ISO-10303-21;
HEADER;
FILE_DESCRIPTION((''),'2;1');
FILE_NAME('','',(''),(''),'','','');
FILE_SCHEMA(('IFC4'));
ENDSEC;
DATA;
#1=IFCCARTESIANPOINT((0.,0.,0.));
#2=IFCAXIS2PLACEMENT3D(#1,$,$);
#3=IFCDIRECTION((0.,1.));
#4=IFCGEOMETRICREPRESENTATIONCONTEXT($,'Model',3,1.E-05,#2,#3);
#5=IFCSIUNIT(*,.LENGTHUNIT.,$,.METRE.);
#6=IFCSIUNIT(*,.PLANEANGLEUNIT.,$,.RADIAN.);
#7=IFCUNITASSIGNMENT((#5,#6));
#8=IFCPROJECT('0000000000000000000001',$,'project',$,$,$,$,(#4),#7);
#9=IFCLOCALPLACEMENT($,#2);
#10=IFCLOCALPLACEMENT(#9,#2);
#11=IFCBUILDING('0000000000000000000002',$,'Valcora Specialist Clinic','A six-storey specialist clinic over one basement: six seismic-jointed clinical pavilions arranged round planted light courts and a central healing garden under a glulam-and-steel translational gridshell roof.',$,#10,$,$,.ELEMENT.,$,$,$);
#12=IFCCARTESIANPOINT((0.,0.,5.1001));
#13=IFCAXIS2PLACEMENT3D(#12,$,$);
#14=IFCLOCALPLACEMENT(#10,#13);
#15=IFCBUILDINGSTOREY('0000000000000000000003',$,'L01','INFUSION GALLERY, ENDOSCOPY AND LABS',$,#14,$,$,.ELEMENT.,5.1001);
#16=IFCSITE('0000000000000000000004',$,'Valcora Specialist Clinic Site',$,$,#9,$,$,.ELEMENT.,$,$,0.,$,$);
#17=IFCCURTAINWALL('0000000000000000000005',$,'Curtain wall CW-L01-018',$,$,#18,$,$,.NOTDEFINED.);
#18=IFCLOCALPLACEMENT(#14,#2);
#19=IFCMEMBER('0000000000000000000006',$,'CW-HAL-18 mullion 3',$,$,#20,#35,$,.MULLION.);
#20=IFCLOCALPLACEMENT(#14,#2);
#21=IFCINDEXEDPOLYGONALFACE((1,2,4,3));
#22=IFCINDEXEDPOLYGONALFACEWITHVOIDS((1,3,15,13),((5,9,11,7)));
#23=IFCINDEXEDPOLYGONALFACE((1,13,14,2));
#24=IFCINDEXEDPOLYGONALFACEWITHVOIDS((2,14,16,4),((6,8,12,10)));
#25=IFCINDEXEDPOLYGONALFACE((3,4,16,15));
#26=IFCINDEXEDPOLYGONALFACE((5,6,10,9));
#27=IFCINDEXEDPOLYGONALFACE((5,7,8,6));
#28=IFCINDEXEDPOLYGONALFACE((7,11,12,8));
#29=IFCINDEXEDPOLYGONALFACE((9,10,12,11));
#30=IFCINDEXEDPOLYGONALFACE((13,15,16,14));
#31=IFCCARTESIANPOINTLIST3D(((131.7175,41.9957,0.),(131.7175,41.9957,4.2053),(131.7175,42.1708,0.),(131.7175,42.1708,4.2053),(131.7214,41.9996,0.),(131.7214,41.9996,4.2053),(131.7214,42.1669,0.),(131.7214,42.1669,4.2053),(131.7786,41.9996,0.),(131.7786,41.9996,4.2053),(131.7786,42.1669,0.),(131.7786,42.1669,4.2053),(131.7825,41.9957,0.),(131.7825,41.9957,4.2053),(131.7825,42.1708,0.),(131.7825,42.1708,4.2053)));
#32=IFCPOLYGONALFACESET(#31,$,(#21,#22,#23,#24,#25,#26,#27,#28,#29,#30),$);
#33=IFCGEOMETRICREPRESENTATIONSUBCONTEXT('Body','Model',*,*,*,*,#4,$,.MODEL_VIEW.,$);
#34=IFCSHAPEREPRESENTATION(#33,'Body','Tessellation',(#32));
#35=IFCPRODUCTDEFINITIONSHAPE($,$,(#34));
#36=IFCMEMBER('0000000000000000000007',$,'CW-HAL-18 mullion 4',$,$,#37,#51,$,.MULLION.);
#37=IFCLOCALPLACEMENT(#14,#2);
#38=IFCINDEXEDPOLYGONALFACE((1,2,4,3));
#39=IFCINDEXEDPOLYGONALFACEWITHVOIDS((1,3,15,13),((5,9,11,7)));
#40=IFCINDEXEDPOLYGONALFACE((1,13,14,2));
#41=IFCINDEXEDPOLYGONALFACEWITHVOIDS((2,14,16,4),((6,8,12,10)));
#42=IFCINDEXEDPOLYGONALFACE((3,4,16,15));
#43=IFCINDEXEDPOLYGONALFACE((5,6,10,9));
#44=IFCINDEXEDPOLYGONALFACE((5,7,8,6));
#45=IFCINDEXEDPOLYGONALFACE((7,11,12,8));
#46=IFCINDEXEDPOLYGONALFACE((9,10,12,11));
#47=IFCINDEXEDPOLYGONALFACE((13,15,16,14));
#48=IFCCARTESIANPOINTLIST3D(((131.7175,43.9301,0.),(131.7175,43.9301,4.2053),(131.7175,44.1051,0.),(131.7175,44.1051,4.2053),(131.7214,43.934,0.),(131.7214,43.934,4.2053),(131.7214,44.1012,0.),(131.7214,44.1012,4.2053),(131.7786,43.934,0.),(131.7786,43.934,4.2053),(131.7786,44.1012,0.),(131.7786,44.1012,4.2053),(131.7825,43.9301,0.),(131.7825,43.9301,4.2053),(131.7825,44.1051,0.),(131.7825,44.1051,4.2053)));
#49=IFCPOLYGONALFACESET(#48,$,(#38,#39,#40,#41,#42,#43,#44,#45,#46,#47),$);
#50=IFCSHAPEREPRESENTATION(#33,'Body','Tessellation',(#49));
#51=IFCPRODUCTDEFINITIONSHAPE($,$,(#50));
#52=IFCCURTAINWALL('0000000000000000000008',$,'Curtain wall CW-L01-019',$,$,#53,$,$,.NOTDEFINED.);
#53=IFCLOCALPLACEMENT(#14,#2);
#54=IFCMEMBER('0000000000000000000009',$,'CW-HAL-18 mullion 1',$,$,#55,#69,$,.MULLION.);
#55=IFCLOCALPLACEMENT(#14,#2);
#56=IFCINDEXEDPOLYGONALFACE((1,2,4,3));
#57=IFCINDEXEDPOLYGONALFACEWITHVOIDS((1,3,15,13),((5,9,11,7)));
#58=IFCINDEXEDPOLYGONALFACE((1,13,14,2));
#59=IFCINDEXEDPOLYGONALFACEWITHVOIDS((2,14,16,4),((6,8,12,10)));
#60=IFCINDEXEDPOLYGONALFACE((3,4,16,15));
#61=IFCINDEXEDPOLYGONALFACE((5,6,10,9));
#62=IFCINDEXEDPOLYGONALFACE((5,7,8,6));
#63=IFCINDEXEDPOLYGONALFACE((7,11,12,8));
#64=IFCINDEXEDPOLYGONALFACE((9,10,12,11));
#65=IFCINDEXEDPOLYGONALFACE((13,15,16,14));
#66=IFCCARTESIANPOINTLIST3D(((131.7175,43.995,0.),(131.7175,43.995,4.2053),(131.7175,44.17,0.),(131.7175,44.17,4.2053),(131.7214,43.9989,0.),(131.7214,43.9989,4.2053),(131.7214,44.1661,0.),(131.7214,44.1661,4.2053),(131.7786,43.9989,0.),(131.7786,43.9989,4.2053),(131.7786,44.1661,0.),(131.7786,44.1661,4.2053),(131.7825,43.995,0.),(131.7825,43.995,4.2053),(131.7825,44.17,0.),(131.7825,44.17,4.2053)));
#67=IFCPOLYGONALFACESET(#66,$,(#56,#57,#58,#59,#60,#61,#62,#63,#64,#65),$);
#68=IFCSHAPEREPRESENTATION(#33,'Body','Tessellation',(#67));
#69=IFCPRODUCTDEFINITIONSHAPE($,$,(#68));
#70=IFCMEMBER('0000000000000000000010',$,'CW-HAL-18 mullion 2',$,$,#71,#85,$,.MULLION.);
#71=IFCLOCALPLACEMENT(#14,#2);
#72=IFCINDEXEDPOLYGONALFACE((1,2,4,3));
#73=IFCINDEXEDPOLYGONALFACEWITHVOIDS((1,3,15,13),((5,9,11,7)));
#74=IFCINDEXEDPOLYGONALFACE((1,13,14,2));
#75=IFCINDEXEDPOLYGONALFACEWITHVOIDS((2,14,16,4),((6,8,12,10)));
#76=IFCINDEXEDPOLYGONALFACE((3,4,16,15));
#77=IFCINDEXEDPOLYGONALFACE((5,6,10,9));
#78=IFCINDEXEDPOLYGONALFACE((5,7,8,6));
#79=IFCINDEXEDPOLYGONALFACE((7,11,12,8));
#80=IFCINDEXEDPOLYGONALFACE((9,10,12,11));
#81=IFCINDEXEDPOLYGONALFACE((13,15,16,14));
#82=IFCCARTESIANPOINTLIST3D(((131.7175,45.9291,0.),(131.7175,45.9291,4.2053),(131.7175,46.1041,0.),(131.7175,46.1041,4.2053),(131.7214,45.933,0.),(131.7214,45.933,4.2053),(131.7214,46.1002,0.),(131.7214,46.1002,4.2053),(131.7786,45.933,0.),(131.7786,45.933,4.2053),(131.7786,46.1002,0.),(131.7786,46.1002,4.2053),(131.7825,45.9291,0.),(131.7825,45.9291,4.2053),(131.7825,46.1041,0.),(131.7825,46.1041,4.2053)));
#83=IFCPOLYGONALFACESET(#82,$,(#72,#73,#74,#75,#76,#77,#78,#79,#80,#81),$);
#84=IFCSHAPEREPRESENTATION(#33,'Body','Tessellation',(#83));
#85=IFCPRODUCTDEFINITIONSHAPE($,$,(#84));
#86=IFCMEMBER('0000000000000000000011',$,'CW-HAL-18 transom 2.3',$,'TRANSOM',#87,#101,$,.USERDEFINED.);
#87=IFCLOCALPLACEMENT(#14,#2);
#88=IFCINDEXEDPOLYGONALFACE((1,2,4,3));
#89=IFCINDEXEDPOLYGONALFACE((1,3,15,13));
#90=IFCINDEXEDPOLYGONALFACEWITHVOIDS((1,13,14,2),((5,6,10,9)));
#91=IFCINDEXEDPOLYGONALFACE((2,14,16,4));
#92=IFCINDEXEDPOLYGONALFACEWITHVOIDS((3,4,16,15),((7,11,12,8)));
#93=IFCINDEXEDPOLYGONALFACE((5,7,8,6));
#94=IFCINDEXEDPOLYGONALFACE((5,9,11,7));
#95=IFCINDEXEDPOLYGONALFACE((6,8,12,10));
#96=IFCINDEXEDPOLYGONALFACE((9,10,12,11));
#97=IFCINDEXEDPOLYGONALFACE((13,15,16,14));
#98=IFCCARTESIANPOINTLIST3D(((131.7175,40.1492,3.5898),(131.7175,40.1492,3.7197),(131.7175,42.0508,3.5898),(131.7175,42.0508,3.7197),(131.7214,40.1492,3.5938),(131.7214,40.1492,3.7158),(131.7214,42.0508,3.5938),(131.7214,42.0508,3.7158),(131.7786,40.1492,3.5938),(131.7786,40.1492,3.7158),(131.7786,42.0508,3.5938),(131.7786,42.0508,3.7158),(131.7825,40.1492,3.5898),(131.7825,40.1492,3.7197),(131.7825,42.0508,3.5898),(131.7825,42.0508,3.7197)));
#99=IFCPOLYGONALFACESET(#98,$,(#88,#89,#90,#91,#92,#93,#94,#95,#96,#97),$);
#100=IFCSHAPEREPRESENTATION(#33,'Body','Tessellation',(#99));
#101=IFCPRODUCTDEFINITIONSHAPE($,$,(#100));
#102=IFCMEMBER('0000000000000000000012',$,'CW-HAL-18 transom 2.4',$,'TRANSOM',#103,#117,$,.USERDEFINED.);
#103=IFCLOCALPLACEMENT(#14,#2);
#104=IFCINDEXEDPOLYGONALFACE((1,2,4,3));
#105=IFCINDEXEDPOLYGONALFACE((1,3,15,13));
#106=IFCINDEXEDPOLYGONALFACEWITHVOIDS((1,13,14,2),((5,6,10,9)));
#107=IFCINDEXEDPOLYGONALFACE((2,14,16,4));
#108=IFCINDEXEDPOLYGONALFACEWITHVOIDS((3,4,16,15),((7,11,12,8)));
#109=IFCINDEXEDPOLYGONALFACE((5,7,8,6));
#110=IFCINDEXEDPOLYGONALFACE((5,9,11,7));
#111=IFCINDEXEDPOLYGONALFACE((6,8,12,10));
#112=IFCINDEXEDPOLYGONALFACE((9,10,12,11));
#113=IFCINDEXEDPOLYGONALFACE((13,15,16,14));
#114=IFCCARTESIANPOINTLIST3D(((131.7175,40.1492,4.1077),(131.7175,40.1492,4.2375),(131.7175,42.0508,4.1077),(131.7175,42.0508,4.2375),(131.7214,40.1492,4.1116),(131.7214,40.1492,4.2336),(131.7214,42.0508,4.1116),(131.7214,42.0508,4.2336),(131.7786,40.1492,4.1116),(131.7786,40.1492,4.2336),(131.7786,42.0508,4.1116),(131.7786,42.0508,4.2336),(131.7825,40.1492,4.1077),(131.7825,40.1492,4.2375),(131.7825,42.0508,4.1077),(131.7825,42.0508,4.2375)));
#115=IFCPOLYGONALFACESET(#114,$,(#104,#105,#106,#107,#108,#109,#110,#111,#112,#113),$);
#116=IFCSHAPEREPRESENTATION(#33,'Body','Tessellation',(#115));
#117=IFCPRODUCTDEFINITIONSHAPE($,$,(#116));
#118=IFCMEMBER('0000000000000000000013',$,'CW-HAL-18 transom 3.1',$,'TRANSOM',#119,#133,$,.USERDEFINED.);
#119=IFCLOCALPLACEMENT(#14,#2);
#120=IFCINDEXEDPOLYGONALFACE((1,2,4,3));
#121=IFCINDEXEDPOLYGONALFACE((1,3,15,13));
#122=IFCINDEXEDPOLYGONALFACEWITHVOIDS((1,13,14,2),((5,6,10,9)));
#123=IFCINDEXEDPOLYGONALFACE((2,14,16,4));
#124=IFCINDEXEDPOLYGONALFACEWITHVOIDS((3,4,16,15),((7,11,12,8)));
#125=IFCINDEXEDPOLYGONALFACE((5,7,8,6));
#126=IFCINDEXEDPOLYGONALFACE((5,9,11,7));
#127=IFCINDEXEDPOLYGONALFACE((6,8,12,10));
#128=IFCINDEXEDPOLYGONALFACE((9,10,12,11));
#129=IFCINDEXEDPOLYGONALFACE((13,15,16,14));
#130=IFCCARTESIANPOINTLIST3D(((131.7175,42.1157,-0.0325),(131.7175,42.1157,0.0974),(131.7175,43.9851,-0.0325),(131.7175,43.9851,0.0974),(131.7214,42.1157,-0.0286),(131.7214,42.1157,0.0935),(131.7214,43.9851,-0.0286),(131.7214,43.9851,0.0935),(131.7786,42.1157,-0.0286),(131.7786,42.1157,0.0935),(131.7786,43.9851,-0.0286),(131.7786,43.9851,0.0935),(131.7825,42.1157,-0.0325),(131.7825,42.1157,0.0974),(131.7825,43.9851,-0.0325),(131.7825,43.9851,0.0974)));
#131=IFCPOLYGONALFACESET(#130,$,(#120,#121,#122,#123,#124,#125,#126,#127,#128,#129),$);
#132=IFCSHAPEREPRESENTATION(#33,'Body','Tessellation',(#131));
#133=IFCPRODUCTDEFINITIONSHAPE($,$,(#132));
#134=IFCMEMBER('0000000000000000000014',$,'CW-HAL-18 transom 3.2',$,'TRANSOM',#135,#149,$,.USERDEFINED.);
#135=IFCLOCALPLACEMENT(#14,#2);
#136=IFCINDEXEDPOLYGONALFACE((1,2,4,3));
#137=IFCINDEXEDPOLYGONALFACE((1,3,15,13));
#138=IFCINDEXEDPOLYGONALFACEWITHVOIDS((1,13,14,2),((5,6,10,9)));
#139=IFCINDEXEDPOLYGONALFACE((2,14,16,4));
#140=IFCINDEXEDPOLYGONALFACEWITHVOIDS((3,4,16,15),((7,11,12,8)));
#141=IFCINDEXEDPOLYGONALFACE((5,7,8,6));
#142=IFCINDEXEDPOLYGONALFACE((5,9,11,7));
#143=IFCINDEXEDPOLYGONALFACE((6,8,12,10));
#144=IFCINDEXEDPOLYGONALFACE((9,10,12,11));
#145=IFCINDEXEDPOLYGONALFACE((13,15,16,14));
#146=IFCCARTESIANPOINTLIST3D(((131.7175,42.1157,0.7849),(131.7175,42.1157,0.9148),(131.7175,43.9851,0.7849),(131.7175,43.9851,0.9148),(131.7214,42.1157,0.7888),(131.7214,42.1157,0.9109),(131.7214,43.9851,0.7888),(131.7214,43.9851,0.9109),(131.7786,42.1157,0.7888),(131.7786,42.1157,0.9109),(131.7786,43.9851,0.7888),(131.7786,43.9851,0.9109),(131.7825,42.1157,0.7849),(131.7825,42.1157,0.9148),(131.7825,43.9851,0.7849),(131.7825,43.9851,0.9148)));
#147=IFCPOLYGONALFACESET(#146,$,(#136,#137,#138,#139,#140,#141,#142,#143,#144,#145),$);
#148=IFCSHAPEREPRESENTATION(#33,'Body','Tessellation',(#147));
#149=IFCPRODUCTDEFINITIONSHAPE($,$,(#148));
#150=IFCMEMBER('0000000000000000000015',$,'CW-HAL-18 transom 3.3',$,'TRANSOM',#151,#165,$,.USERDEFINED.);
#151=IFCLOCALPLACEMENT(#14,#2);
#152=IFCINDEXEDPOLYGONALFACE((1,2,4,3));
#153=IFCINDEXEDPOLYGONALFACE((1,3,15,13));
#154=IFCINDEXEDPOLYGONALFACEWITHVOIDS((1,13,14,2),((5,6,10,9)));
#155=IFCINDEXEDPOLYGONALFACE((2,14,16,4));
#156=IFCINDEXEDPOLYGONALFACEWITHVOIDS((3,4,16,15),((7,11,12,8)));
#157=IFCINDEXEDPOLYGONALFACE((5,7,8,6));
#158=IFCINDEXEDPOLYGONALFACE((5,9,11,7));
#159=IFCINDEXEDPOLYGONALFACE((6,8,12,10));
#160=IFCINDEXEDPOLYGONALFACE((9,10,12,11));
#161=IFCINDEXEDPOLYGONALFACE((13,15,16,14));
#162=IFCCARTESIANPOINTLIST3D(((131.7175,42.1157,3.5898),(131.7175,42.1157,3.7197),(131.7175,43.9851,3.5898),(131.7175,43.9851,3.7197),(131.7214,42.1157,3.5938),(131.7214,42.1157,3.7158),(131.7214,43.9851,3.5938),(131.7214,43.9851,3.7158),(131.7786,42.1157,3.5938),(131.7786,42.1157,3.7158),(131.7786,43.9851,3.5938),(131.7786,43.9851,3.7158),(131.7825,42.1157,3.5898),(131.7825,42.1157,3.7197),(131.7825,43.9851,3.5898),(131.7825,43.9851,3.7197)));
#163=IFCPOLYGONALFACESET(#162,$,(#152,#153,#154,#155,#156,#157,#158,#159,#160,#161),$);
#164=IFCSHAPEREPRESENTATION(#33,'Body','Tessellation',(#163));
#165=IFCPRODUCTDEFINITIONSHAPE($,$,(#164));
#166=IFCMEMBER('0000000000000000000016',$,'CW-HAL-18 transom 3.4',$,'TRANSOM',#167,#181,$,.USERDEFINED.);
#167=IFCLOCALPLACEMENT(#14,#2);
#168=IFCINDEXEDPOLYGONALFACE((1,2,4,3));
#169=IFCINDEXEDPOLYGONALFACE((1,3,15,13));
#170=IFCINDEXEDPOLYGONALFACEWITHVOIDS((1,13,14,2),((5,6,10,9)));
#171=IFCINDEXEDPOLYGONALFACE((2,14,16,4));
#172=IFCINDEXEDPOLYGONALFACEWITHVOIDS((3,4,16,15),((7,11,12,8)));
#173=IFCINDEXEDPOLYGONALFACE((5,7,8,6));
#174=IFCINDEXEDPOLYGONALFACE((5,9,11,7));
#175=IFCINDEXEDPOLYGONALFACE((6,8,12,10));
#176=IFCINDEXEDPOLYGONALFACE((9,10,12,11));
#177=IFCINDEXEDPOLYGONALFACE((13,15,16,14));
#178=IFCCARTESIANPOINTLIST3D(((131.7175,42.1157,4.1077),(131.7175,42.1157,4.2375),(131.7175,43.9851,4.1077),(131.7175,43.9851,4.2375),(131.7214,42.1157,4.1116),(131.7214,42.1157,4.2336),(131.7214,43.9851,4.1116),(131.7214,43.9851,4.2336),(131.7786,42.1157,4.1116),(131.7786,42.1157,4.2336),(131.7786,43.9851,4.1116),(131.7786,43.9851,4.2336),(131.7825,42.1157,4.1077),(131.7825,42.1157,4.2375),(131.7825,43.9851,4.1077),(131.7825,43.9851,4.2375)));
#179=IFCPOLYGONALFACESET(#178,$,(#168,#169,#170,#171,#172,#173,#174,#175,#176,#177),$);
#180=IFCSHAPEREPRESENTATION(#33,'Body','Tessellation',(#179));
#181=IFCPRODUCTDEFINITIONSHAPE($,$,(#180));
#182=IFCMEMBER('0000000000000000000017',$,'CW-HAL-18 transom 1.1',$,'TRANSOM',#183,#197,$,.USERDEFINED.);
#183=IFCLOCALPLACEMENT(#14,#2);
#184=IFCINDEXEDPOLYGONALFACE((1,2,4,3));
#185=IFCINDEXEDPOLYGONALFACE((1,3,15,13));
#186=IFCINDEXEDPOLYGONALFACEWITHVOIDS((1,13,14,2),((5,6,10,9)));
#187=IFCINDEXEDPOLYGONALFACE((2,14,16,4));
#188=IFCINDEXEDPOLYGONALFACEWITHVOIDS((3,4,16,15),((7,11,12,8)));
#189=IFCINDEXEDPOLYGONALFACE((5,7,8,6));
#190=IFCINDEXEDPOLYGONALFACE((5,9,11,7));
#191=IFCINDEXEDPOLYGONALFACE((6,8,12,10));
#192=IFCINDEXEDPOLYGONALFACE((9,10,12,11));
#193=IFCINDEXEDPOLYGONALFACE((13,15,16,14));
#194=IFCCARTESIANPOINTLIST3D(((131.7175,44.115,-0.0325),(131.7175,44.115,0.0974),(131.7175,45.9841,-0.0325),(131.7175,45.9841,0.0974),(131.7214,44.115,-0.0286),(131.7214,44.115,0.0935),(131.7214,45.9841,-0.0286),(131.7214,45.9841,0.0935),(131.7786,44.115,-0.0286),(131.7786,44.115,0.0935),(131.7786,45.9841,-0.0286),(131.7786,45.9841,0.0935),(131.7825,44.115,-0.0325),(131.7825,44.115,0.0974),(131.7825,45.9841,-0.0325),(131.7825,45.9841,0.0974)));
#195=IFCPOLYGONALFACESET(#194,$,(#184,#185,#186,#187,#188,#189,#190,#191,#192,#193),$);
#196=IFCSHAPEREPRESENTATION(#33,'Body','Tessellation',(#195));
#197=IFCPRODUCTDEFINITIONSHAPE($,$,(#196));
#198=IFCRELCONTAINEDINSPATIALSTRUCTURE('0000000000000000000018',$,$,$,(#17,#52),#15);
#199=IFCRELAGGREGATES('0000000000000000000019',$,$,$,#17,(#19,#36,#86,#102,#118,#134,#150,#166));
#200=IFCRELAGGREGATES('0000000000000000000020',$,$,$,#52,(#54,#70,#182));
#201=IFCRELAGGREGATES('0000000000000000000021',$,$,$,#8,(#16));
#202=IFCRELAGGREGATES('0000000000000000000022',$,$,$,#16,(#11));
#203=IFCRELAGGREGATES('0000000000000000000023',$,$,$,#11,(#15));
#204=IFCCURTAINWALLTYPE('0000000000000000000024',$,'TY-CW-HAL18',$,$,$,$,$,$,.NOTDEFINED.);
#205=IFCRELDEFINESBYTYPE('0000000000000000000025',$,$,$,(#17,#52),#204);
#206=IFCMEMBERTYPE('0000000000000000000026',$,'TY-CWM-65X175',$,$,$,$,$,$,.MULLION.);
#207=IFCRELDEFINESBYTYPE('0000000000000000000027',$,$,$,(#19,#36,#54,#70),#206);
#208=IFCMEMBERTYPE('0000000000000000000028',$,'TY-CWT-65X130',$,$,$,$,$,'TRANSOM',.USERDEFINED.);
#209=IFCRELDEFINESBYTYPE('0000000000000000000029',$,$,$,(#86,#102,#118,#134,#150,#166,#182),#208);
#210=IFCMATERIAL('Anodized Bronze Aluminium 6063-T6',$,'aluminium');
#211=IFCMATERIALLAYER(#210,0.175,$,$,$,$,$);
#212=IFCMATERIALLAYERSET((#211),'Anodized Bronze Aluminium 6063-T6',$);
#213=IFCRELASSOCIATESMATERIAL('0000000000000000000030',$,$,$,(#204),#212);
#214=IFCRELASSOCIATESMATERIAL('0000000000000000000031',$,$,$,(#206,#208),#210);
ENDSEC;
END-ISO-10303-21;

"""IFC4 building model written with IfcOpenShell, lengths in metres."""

from ifc_helpers import new_model, si_unit, direction, frame, origin, origin_2d, place, context, subcontext, project, spatial, hollow_rectangle, extrude, material, layer, layer_set, material_profile, profile_set, type_object, element, aggregate, save


model = new_model("IFC4")

# Units and contexts
model_context = context("Model", 3, precision=1e-05, world=origin(), true_north=direction((0.0, 1.0)))
body_context = subcontext(model_context, "Body", "Model", "MODEL_VIEW")
ifc_project = project(units=[si_unit("LENGTHUNIT", "METRE"), si_unit("PLANEANGLEUNIT", "RADIAN")], contexts=[model_context])

# Site, building, storey
site_placement = place(None, origin())
site = spatial("IfcSite", under=ifc_project, at=site_placement, Name="Valcora Specialist Clinic Site", CompositionType="ELEMENT", RefElevation=0.0)
building_placement = place(site_placement, origin())
building = spatial("IfcBuilding", under=site, at=building_placement, Name="Valcora Specialist Clinic", Description="A six-storey specialist clinic over one basement: six seismic-jointed clinical pavilions arranged round planted light courts and a central healing garden under a glulam-and-steel translational gridshell roof.", CompositionType="ELEMENT")
storey_placement = place(building_placement, frame((0.0, 0.0, 5.1001)))
storey = spatial("IfcBuildingStorey", under=building, at=storey_placement, Name="L01", Description="INFUSION GALLERY, ENDOSCOPY AND LABS", CompositionType="ELEMENT", Elevation=5.1001)

# Curtain walls, members
ifc_material_1 = material(Name="Anodized Bronze Aluminium 6063-T6", Category="aluminium")
ifc_layer_1 = layer(ifc_material_1, 0.175)
ifc_layer_set_1 = layer_set([ifc_layer_1], Name="Anodized Bronze Aluminium 6063-T6")
curtain_wall_type = type_object("IfcCurtainWallType", Name="TY-CW-HAL18", PredefinedType="NOTDEFINED", material=ifc_layer_set_1)
curtain_wall_1_placement = place(storey_placement, origin())
curtain_wall_1 = element("IfcCurtainWall", 1, at=curtain_wall_1_placement, inside=storey, type_object=curtain_wall_type, Name="Curtain wall CW-L01-018", PredefinedType="NOTDEFINED")
ifc_material_profile_1 = material_profile(ifc_material_1, hollow_rectangle(XDim=0.0649, YDim=0.175, WallThickness=0.0039, at=origin_2d()), Name="AL-MUL-65X175")
ifc_profile_set_1 = profile_set([ifc_material_profile_1], Name="Anodized Bronze Aluminium 6063-T6")
member_type_1 = type_object("IfcMemberType", Name="TY-CWM-65X175", PredefinedType="MULLION", material=ifc_profile_set_1)
member_1_placement = place(storey_placement, frame((131.75, 42.0833, 0.0), z_axis=(0.0, 0.0, 1.0), x_axis=(-1.0, 0.0, 0.0)))
member_1 = element("IfcMember", 2, at=member_1_placement, type_object=member_type_1, Name="CW-HAL-18 mullion 3", PredefinedType="MULLION", context=body_context, shape_type="SweptSolid", body=[
    extrude(hollow_rectangle(XDim=0.0649, YDim=0.175, WallThickness=0.0039, at=origin_2d()), origin(), (0.0, 0.0, 1.0), 4.2053),
])
member_2_placement = place(storey_placement, frame((131.75, 44.0176, 0.0), z_axis=(0.0, 0.0, 1.0), x_axis=(-1.0, 0.0, 0.0)))
member_2 = element("IfcMember", 3, at=member_2_placement, type_object=member_type_1, Name="CW-HAL-18 mullion 4", PredefinedType="MULLION", context=body_context, shape_type="SweptSolid", body=[
    extrude(hollow_rectangle(XDim=0.0649, YDim=0.175, WallThickness=0.0039, at=origin_2d()), origin(), (0.0, 0.0, 1.0), 4.2053),
])
curtain_wall_2_placement = place(storey_placement, origin())
curtain_wall_2 = element("IfcCurtainWall", 4, at=curtain_wall_2_placement, inside=storey, type_object=curtain_wall_type, Name="Curtain wall CW-L01-019", PredefinedType="NOTDEFINED")
member_3_placement = place(storey_placement, frame((131.75, 44.0825, 0.0), z_axis=(0.0, 0.0, 1.0), x_axis=(-1.0, 0.0, 0.0)))
member_3 = element("IfcMember", 5, at=member_3_placement, type_object=member_type_1, Name="CW-HAL-18 mullion 1", PredefinedType="MULLION", context=body_context, shape_type="SweptSolid", body=[
    extrude(hollow_rectangle(XDim=0.0649, YDim=0.175, WallThickness=0.0039, at=origin_2d()), origin(), (0.0, 0.0, 1.0), 4.2053),
])
member_4_placement = place(storey_placement, frame((131.75, 46.0166, 0.0), z_axis=(0.0, 0.0, 1.0), x_axis=(-1.0, 0.0, 0.0)))
member_4 = element("IfcMember", 6, at=member_4_placement, type_object=member_type_1, Name="CW-HAL-18 mullion 2", PredefinedType="MULLION", context=body_context, shape_type="SweptSolid", body=[
    extrude(hollow_rectangle(XDim=0.0649, YDim=0.175, WallThickness=0.0039, at=origin_2d()), origin(), (0.0, 0.0, 1.0), 4.2053),
])

# Members
ifc_material_profile_2 = material_profile(ifc_material_1, hollow_rectangle(XDim=0.0649, YDim=0.1299, WallThickness=0.0039, at=origin_2d()), Name="AL-TRN-65X130")
ifc_profile_set_2 = profile_set([ifc_material_profile_2], Name="Anodized Bronze Aluminium 6063-T6")
member_type_2 = type_object("IfcMemberType", Name="TY-CWT-65X130", ElementType="TRANSOM", PredefinedType="USERDEFINED", material=ifc_profile_set_2)
member_5_placement = place(storey_placement, frame((131.75, 40.1492, 3.6548), z_axis=(0.0, 1.0, 0.0), x_axis=(-1.0, 0.0, 0.0)))
member_5 = element("IfcMember", 7, at=member_5_placement, type_object=member_type_2, Name="CW-HAL-18 transom 2.3", ObjectType="TRANSOM", PredefinedType="USERDEFINED", context=body_context, shape_type="SweptSolid", body=[
    extrude(hollow_rectangle(XDim=0.0649, YDim=0.1299, WallThickness=0.0039, at=origin_2d()), origin(), (0.0, 0.0, 1.0), 1.9016),
])
member_6_placement = place(storey_placement, frame((131.75, 40.1492, 4.1726), z_axis=(0.0, 1.0, 0.0), x_axis=(-1.0, 0.0, 0.0)))
member_6 = element("IfcMember", 8, at=member_6_placement, type_object=member_type_2, Name="CW-HAL-18 transom 2.4", ObjectType="TRANSOM", PredefinedType="USERDEFINED", context=body_context, shape_type="SweptSolid", body=[
    extrude(hollow_rectangle(XDim=0.0649, YDim=0.1299, WallThickness=0.0039, at=origin_2d()), origin(), (0.0, 0.0, 1.0), 1.9016),
])
member_7_placement = place(storey_placement, frame((131.75, 42.1157, 0.0325), z_axis=(0.0, 1.0, 0.0), x_axis=(-1.0, 0.0, 0.0)))
member_7 = element("IfcMember", 9, at=member_7_placement, type_object=member_type_2, Name="CW-HAL-18 transom 3.1", ObjectType="TRANSOM", PredefinedType="USERDEFINED", context=body_context, shape_type="SweptSolid", body=[
    extrude(hollow_rectangle(XDim=0.0649, YDim=0.1299, WallThickness=0.0039, at=origin_2d()), origin(), (0.0, 0.0, 1.0), 1.8694),
])
member_8_placement = place(storey_placement, frame((131.75, 42.1157, 0.8499), z_axis=(0.0, 1.0, 0.0), x_axis=(-1.0, 0.0, 0.0)))
member_8 = element("IfcMember", 10, at=member_8_placement, type_object=member_type_2, Name="CW-HAL-18 transom 3.2", ObjectType="TRANSOM", PredefinedType="USERDEFINED", context=body_context, shape_type="SweptSolid", body=[
    extrude(hollow_rectangle(XDim=0.0649, YDim=0.1299, WallThickness=0.0039, at=origin_2d()), origin(), (0.0, 0.0, 1.0), 1.8694),
])
member_9_placement = place(storey_placement, frame((131.75, 42.1157, 3.6548), z_axis=(0.0, 1.0, 0.0), x_axis=(-1.0, 0.0, 0.0)))
member_9 = element("IfcMember", 11, at=member_9_placement, type_object=member_type_2, Name="CW-HAL-18 transom 3.3", ObjectType="TRANSOM", PredefinedType="USERDEFINED", context=body_context, shape_type="SweptSolid", body=[
    extrude(hollow_rectangle(XDim=0.0649, YDim=0.1299, WallThickness=0.0039, at=origin_2d()), origin(), (0.0, 0.0, 1.0), 1.8694),
])
member_10_placement = place(storey_placement, frame((131.75, 42.1157, 4.1726), z_axis=(0.0, 1.0, 0.0), x_axis=(-1.0, 0.0, 0.0)))
member_10 = element("IfcMember", 12, at=member_10_placement, type_object=member_type_2, Name="CW-HAL-18 transom 3.4", ObjectType="TRANSOM", PredefinedType="USERDEFINED", context=body_context, shape_type="SweptSolid", body=[
    extrude(hollow_rectangle(XDim=0.0649, YDim=0.1299, WallThickness=0.0039, at=origin_2d()), origin(), (0.0, 0.0, 1.0), 1.8694),
])
member_11_placement = place(storey_placement, frame((131.75, 44.115, 0.0325), z_axis=(0.0, 1.0, 0.0), x_axis=(-1.0, 0.0, 0.0)))
member_11 = element("IfcMember", 13, at=member_11_placement, type_object=member_type_2, Name="CW-HAL-18 transom 1.1", ObjectType="TRANSOM", PredefinedType="USERDEFINED", context=body_context, shape_type="SweptSolid", body=[
    extrude(hollow_rectangle(XDim=0.0649, YDim=0.1299, WallThickness=0.0039, at=origin_2d()), origin(), (0.0, 0.0, 1.0), 1.8691),
])

aggregate(curtain_wall_1, [member_1, member_2, member_5, member_6, member_7, member_8, member_9, member_10])
aggregate(curtain_wall_2, [member_3, member_4, member_11])

save(model, "model.ifc")
